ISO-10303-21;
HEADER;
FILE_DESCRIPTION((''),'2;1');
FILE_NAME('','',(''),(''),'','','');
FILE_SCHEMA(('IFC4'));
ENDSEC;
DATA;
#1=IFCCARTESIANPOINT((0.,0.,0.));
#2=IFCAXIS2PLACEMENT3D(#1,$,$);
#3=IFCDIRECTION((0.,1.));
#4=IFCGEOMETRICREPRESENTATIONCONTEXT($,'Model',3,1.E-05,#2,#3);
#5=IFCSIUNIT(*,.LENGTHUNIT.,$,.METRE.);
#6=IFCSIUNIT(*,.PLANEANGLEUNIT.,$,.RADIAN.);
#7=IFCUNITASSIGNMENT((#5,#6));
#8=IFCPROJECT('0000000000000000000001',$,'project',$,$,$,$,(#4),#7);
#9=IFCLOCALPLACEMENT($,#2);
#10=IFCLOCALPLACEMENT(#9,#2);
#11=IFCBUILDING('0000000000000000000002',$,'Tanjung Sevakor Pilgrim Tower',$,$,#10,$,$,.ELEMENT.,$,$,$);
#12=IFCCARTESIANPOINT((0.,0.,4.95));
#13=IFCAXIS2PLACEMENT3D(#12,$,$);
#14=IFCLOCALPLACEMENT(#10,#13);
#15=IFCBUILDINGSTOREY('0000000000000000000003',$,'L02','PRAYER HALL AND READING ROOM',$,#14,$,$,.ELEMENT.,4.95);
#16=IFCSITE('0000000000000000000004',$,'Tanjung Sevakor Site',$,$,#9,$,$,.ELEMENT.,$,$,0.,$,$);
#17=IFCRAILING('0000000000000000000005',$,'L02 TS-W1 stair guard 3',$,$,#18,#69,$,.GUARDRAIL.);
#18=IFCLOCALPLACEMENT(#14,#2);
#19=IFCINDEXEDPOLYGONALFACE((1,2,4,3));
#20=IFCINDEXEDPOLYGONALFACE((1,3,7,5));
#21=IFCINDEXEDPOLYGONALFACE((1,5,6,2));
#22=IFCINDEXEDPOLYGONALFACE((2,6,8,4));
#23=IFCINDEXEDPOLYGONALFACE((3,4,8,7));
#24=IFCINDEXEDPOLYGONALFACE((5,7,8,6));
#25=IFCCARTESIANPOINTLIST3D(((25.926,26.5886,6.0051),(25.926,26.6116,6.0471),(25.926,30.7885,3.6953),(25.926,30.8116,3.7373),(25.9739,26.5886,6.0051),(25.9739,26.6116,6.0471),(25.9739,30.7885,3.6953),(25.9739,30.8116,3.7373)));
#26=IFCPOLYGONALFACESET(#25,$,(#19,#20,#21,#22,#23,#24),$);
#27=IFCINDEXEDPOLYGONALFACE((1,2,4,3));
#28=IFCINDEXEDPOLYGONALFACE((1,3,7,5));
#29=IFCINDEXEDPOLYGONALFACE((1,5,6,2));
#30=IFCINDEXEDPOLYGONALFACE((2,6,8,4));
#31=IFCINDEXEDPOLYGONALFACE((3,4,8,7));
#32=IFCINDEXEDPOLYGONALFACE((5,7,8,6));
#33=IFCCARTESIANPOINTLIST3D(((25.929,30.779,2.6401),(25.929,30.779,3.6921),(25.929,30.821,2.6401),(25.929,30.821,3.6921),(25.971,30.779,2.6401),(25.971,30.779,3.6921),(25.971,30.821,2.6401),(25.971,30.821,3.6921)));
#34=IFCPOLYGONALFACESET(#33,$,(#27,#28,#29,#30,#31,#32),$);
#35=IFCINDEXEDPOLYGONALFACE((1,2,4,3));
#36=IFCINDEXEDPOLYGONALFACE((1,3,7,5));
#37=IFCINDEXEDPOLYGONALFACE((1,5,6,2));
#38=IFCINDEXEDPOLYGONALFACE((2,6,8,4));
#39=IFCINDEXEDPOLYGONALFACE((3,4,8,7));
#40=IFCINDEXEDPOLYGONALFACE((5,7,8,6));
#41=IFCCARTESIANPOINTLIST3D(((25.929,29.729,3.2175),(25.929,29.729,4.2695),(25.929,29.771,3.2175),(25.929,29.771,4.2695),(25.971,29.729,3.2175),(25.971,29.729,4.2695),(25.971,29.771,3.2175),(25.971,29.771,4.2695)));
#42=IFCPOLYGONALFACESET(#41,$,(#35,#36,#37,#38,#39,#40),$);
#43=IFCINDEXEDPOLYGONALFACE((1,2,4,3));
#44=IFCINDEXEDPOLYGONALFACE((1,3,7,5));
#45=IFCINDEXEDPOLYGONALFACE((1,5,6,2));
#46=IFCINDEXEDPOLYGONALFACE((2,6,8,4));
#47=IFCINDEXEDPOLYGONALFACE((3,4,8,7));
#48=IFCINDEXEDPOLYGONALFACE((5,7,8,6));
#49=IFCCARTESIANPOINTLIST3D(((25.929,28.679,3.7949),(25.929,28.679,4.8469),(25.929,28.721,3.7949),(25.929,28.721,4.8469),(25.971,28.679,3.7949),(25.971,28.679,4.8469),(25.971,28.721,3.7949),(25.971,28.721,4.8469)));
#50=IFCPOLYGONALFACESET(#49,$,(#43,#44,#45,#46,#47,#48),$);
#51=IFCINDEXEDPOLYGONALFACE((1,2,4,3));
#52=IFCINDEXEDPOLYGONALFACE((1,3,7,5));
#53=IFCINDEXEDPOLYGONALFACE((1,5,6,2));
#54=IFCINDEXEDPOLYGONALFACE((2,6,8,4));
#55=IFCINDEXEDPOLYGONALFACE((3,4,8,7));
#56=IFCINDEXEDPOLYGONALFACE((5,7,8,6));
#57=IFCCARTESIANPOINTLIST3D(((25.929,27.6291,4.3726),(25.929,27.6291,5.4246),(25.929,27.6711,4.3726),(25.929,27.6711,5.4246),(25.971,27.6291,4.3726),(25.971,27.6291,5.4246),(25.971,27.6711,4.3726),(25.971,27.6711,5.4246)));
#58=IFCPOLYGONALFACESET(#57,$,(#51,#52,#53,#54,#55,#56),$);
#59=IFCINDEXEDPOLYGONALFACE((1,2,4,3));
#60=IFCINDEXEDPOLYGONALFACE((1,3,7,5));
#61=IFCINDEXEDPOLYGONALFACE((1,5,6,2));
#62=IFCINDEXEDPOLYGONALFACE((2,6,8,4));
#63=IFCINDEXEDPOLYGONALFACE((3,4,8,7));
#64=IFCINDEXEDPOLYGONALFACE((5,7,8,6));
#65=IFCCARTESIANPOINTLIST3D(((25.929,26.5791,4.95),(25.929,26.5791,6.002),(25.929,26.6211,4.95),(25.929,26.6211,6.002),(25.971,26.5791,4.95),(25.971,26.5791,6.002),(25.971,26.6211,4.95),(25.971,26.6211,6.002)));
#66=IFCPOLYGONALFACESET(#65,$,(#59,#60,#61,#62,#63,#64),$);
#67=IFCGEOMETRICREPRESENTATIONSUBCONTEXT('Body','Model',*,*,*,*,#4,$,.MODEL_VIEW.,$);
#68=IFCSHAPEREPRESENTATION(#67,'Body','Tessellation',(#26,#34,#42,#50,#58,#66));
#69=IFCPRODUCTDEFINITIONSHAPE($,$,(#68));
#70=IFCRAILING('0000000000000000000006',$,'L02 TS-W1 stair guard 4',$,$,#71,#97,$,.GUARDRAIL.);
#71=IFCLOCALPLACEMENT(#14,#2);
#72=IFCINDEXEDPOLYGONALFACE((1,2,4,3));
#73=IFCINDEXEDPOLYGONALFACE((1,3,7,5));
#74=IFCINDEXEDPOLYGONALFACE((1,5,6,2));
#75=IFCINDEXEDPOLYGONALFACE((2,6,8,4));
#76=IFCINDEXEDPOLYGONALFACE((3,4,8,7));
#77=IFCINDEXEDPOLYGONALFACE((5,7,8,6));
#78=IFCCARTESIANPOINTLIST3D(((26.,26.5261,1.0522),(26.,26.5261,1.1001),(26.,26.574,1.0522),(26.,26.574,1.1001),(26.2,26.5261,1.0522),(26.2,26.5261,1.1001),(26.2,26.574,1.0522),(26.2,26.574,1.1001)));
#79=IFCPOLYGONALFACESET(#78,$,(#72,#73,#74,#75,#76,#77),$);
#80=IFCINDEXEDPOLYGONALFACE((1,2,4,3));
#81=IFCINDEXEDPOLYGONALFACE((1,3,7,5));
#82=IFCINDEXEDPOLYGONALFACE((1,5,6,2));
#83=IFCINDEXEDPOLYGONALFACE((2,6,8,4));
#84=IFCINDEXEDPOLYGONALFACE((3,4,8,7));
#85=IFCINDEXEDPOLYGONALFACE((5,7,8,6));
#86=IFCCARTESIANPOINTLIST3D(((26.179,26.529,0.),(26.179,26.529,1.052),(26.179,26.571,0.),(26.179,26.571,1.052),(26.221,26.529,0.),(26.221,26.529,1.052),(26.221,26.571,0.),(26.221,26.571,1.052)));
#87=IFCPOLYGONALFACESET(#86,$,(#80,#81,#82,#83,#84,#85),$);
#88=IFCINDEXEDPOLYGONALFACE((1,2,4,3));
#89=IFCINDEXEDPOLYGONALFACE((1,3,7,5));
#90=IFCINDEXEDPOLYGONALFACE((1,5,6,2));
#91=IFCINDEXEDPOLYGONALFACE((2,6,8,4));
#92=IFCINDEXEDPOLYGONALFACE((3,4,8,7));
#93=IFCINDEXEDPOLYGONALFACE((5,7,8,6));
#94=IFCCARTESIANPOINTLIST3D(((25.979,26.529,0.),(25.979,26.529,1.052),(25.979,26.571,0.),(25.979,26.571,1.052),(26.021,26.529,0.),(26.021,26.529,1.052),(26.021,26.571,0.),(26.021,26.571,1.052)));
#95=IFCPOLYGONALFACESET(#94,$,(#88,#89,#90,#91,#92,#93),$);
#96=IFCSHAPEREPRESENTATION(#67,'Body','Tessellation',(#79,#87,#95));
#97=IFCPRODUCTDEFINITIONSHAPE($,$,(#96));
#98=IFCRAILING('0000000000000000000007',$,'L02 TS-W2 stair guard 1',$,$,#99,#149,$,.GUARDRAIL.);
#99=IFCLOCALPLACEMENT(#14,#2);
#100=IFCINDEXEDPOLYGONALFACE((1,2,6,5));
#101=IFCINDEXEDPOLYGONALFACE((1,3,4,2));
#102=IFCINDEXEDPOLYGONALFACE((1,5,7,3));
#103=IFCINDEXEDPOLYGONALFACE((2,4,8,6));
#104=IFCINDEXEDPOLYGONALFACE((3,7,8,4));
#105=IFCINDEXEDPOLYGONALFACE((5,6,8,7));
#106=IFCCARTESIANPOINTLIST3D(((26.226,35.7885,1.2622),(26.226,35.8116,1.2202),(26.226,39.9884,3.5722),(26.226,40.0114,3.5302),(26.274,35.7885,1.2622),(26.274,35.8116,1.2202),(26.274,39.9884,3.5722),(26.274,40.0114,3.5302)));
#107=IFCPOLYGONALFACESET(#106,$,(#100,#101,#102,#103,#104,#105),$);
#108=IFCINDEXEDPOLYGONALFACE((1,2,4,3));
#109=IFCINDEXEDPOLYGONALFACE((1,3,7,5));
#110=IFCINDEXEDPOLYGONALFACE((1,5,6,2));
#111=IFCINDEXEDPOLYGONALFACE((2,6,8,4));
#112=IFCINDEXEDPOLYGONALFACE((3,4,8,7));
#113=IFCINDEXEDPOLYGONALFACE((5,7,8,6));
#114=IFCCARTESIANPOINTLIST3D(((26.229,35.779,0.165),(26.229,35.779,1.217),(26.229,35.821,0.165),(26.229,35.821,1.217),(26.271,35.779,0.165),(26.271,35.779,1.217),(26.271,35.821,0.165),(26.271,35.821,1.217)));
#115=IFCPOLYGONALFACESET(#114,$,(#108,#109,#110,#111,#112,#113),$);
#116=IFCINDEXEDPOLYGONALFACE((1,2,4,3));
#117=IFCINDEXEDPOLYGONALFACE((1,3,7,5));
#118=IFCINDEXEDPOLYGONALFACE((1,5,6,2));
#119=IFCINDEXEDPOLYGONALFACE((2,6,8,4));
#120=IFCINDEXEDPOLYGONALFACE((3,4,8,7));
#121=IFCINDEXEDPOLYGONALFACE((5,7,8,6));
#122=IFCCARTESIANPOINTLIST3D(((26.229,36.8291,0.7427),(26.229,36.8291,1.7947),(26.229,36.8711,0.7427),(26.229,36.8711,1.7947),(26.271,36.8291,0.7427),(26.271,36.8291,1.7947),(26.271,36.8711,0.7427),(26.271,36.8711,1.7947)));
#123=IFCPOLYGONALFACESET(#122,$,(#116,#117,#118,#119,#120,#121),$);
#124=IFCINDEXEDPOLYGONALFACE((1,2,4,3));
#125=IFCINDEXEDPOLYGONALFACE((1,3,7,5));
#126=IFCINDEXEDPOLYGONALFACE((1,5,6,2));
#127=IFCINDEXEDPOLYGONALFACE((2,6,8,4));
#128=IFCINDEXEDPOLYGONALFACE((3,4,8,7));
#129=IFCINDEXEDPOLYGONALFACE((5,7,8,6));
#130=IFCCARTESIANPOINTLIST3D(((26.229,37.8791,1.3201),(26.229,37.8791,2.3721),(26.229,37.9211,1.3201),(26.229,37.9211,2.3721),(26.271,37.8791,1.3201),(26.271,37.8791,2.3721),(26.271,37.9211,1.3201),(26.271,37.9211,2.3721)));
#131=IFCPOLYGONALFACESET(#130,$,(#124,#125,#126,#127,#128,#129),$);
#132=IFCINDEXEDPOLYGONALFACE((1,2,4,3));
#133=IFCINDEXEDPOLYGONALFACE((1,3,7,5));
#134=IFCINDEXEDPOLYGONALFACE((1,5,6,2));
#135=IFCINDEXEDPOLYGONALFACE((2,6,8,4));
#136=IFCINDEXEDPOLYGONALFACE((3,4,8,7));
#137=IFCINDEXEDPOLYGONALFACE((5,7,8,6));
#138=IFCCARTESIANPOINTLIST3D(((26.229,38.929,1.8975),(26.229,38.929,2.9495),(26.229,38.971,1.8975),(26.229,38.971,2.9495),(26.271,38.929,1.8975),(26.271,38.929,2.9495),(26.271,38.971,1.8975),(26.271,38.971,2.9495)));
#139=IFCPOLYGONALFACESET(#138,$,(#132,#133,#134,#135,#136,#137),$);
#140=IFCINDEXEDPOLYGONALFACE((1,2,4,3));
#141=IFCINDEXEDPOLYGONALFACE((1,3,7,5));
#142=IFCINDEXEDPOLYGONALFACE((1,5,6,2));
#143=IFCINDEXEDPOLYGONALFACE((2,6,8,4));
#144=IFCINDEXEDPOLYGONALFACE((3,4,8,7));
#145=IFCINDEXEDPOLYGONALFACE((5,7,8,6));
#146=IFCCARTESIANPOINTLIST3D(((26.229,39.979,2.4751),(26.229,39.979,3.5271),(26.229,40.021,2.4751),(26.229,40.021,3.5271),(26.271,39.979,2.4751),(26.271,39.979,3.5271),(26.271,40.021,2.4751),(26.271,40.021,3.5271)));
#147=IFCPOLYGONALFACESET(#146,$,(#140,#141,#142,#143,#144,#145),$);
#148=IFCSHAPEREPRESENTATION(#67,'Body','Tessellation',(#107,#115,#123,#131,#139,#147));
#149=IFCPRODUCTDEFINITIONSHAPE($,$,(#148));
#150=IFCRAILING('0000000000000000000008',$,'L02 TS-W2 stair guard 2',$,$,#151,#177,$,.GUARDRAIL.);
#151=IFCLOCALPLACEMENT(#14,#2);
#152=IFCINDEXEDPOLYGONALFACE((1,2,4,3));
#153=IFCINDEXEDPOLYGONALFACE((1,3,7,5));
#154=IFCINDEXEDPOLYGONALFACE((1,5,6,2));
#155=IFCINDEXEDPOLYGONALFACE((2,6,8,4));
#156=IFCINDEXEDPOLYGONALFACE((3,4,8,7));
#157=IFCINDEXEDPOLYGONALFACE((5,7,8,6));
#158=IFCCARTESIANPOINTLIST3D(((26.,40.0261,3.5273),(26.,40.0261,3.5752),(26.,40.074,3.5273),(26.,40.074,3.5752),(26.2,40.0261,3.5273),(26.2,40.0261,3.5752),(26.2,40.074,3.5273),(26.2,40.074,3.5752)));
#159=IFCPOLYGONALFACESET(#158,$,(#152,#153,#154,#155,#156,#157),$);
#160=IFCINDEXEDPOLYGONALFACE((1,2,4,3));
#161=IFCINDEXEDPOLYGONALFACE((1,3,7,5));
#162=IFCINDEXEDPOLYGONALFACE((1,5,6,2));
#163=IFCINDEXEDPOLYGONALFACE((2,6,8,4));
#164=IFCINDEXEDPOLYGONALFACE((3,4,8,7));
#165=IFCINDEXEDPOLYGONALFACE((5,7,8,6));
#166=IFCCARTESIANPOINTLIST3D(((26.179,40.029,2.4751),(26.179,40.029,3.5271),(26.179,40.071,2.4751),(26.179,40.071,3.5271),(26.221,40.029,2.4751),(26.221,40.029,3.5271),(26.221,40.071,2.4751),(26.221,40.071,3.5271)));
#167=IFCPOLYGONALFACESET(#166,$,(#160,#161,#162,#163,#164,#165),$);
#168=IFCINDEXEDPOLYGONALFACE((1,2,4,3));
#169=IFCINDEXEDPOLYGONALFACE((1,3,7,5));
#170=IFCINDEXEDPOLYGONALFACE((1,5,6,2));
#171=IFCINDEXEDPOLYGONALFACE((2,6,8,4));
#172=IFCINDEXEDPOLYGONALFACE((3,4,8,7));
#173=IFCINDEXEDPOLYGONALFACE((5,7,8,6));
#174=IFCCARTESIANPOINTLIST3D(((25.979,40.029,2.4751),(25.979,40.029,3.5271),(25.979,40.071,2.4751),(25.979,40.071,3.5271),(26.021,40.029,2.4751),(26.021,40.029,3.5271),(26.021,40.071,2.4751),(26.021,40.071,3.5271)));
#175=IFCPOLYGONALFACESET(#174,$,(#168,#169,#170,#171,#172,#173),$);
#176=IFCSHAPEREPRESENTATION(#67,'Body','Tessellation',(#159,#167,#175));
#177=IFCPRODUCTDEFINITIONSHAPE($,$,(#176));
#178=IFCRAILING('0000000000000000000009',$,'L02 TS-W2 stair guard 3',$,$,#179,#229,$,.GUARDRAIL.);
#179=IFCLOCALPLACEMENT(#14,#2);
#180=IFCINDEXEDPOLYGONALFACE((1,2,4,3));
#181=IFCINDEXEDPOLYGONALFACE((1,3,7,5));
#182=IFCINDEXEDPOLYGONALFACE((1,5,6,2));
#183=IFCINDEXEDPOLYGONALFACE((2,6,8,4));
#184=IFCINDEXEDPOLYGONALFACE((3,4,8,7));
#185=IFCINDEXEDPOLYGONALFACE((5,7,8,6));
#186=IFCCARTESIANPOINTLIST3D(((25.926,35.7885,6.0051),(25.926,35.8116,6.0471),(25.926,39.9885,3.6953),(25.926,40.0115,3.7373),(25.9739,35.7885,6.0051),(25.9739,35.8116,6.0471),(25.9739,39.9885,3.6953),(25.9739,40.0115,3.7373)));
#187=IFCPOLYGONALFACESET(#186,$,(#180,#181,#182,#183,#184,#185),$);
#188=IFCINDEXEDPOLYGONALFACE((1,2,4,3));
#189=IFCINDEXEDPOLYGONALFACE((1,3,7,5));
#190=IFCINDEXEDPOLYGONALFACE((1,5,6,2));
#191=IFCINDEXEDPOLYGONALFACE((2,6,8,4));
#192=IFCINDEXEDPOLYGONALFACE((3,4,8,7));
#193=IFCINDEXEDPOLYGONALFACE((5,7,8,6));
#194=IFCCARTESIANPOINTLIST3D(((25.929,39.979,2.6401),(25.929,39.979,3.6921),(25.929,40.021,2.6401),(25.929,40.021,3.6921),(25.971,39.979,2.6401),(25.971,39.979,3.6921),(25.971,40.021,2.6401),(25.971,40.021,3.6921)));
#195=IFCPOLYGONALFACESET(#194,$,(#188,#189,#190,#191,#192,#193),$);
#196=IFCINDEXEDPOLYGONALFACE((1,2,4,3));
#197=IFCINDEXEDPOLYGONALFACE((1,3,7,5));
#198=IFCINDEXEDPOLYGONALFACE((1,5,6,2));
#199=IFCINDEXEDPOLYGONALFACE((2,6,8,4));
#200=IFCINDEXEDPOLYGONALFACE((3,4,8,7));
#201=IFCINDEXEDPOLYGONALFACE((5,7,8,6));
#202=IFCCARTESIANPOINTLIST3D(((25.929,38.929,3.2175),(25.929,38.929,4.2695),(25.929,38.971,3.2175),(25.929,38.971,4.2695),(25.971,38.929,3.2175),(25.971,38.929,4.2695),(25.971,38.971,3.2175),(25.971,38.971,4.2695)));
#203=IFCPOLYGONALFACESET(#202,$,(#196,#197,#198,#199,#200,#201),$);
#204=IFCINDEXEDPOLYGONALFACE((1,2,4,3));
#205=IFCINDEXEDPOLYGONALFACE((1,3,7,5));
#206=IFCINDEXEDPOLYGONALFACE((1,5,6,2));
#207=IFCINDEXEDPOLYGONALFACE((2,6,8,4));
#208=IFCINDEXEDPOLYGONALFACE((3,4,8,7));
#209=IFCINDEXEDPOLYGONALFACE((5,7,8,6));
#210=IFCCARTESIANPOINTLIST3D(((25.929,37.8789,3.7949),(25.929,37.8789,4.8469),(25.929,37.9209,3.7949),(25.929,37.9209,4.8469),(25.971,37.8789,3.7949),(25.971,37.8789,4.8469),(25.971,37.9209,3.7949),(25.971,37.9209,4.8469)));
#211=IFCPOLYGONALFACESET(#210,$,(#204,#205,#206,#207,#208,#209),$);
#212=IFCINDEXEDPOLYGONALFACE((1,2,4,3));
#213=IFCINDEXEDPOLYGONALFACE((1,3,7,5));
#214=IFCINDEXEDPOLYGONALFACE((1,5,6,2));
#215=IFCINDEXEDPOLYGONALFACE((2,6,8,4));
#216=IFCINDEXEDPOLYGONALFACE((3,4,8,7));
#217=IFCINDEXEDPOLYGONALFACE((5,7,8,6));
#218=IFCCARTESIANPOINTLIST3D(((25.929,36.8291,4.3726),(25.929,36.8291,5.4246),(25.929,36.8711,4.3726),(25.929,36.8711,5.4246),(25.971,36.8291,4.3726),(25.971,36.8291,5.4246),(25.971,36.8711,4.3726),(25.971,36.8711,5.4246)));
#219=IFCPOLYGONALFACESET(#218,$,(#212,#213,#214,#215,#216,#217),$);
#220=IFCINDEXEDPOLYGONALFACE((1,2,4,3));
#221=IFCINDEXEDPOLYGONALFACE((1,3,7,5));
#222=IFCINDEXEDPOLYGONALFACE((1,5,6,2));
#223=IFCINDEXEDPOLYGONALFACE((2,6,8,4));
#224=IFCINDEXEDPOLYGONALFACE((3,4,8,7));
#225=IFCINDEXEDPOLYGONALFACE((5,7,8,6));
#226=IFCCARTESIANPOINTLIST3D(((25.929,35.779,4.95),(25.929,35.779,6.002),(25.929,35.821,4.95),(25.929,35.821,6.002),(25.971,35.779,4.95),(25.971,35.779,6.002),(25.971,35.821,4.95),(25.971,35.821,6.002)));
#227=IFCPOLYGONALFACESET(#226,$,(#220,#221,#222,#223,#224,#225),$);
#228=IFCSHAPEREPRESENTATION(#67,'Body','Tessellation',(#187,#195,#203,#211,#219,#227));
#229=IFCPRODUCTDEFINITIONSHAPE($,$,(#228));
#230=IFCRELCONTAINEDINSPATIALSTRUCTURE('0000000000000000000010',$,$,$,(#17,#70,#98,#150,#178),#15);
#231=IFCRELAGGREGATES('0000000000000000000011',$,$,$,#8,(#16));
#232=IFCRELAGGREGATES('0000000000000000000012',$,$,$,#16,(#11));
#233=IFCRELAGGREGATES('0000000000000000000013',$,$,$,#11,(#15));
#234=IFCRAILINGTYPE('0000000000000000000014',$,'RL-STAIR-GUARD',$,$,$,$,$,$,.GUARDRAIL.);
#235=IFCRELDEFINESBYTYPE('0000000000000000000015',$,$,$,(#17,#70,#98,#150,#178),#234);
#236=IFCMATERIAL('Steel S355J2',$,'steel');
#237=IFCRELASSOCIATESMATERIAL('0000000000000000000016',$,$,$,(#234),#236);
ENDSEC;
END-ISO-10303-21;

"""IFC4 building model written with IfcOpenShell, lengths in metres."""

from ifc_helpers import new_model, si_unit, direction, frame, origin, place, context, subcontext, project, spatial, rectangle, extrude, material, type_object, element, save


model = new_model("IFC4")

# Units and contexts
model_context = context("Model", 3, precision=1e-05, world=origin(), true_north=direction((0.0, 1.0)))
body_context = subcontext(model_context, "Body", "Model", "MODEL_VIEW")
ifc_project = project(units=[si_unit("LENGTHUNIT", "METRE"), si_unit("PLANEANGLEUNIT", "RADIAN")], contexts=[model_context])

# Site, building, storey
site_placement = place(None, origin())
site = spatial("IfcSite", under=ifc_project, at=site_placement, Name="Tanjung Sevakor Site", CompositionType="ELEMENT", RefElevation=0.0)
building_placement = place(site_placement, origin())
building = spatial("IfcBuilding", under=site, at=building_placement, Name="Tanjung Sevakor Pilgrim Tower", CompositionType="ELEMENT")
storey_placement = place(building_placement, frame((0.0, 0.0, 4.95)))
storey = spatial("IfcBuildingStorey", under=building, at=storey_placement, Name="L02", Description="PRAYER HALL AND READING ROOM", CompositionType="ELEMENT", Elevation=4.95)

# Railings
ifc_material_1 = material(Name="Steel S355J2", Category="steel")
railing_type_1 = type_object("IfcRailingType", Name="RL-STAIR-GUARD", PredefinedType="GUARDRAIL", material=ifc_material_1)
railing_1_placement = place(storey_placement, frame((25.95, 30.8, 2.6401)))
element("IfcRailing", 1, at=railing_1_placement, inside=storey, type_object=railing_type_1, Name="L02 TS-W1 stair guard 3", PredefinedType="GUARDRAIL", context=body_context, shape_type="SweptSolid", body=[
    extrude(rectangle(XDim=0.0479, YDim=0.0479), frame((0.0, 0.0, 1.0762), z_axis=(0.0, -0.87623, 0.481893), x_axis=(1.0, 0.0, 0.0)), (0.0, 0.0, 1.0), 4.7932),
    extrude(rectangle(XDim=0.042, YDim=0.042), origin(), (0.0, 0.0, 1.0), 1.052),
    extrude(rectangle(XDim=0.042, YDim=0.042), frame((0.0, -1.05, 0.5774)), (0.0, 0.0, 1.0), 1.052),
    extrude(rectangle(XDim=0.042, YDim=0.042), frame((0.0, -2.1001, 1.1548)), (0.0, 0.0, 1.0), 1.052),
    extrude(rectangle(XDim=0.042, YDim=0.042), frame((0.0, -3.1499, 1.7324)), (0.0, 0.0, 1.0), 1.052),
    extrude(rectangle(XDim=0.042, YDim=0.042), frame((0.0, -4.2, 2.3098)), (0.0, 0.0, 1.0), 1.052),
])
railing_2_placement = place(storey_placement, frame((26.2, 26.55, 0.0)))
element("IfcRailing", 2, at=railing_2_placement, inside=storey, type_object=railing_type_1, Name="L02 TS-W1 stair guard 4", PredefinedType="GUARDRAIL", context=body_context, shape_type="SweptSolid", body=[
    extrude(rectangle(XDim=0.0479, YDim=0.0479), frame((0.0, 0.0, 1.0762), z_axis=(-1.0, 0.0, 0.0), x_axis=(0.0, -1.0, 0.0)), (0.0, 0.0, 1.0), 0.2),
    extrude(rectangle(XDim=0.042, YDim=0.042), origin(), (0.0, 0.0, 1.0), 1.052),
    extrude(rectangle(XDim=0.042, YDim=0.042), frame((-0.2, 0.0, 0.0)), (0.0, 0.0, 1.0), 1.052),
])
railing_3_placement = place(storey_placement, frame((26.25, 35.8, 0.165)))
element("IfcRailing", 3, at=railing_3_placement, inside=storey, type_object=railing_type_1, Name="L02 TS-W2 stair guard 1", PredefinedType="GUARDRAIL", context=body_context, shape_type="SweptSolid", body=[
    extrude(rectangle(XDim=0.0479, YDim=0.0479), frame((0.0, 0.0, 1.0762), z_axis=(0.0, 0.876208, 0.481932), x_axis=(-1.0, 0.0, 0.0)), (0.0, 0.0, 1.0), 4.7932),
    extrude(rectangle(XDim=0.042, YDim=0.042), origin(), (0.0, 0.0, 1.0), 1.052),
    extrude(rectangle(XDim=0.042, YDim=0.042), frame((0.0, 1.05, 0.5776)), (0.0, 0.0, 1.0), 1.052),
    extrude(rectangle(XDim=0.042, YDim=0.042), frame((0.0, 2.1001, 1.155)), (0.0, 0.0, 1.0), 1.052),
    extrude(rectangle(XDim=0.042, YDim=0.042), frame((0.0, 3.1499, 1.7324)), (0.0, 0.0, 1.0), 1.052),
    extrude(rectangle(XDim=0.042, YDim=0.042), frame((0.0, 4.2, 2.3101)), (0.0, 0.0, 1.0), 1.052),
])
railing_4_placement = place(storey_placement, frame((26.2, 40.05, 2.4751)))
element("IfcRailing", 4, at=railing_4_placement, inside=storey, type_object=railing_type_1, Name="L02 TS-W2 stair guard 2", PredefinedType="GUARDRAIL", context=body_context, shape_type="SweptSolid", body=[
    extrude(rectangle(XDim=0.0479, YDim=0.0479), frame((0.0, 0.0, 1.0762), z_axis=(-1.0, 0.0, 0.0), x_axis=(0.0, -1.0, 0.0)), (0.0, 0.0, 1.0), 0.2),
    extrude(rectangle(XDim=0.042, YDim=0.042), origin(), (0.0, 0.0, 1.0), 1.052),
    extrude(rectangle(XDim=0.042, YDim=0.042), frame((-0.2, 0.0, 0.0)), (0.0, 0.0, 1.0), 1.052),
])
railing_5_placement = place(storey_placement, frame((25.95, 40.0, 2.6401)))
element("IfcRailing", 5, at=railing_5_placement, inside=storey, type_object=railing_type_1, Name="L02 TS-W2 stair guard 3", PredefinedType="GUARDRAIL", context=body_context, shape_type="SweptSolid", body=[
    extrude(rectangle(XDim=0.0479, YDim=0.0479), frame((0.0, 0.0, 1.0762), z_axis=(0.0, -0.87623, 0.481893), x_axis=(1.0, 0.0, 0.0)), (0.0, 0.0, 1.0), 4.7932),
    extrude(rectangle(XDim=0.042, YDim=0.042), origin(), (0.0, 0.0, 1.0), 1.052),
    extrude(rectangle(XDim=0.042, YDim=0.042), frame((0.0, -1.05, 0.5774)), (0.0, 0.0, 1.0), 1.052),
    extrude(rectangle(XDim=0.042, YDim=0.042), frame((0.0, -2.1001, 1.1548)), (0.0, 0.0, 1.0), 1.052),
    extrude(rectangle(XDim=0.042, YDim=0.042), frame((0.0, -3.1499, 1.7324)), (0.0, 0.0, 1.0), 1.052),
    extrude(rectangle(XDim=0.042, YDim=0.042), frame((0.0, -4.2, 2.3098)), (0.0, 0.0, 1.0), 1.052),
])

save(model, "model.ifc")
